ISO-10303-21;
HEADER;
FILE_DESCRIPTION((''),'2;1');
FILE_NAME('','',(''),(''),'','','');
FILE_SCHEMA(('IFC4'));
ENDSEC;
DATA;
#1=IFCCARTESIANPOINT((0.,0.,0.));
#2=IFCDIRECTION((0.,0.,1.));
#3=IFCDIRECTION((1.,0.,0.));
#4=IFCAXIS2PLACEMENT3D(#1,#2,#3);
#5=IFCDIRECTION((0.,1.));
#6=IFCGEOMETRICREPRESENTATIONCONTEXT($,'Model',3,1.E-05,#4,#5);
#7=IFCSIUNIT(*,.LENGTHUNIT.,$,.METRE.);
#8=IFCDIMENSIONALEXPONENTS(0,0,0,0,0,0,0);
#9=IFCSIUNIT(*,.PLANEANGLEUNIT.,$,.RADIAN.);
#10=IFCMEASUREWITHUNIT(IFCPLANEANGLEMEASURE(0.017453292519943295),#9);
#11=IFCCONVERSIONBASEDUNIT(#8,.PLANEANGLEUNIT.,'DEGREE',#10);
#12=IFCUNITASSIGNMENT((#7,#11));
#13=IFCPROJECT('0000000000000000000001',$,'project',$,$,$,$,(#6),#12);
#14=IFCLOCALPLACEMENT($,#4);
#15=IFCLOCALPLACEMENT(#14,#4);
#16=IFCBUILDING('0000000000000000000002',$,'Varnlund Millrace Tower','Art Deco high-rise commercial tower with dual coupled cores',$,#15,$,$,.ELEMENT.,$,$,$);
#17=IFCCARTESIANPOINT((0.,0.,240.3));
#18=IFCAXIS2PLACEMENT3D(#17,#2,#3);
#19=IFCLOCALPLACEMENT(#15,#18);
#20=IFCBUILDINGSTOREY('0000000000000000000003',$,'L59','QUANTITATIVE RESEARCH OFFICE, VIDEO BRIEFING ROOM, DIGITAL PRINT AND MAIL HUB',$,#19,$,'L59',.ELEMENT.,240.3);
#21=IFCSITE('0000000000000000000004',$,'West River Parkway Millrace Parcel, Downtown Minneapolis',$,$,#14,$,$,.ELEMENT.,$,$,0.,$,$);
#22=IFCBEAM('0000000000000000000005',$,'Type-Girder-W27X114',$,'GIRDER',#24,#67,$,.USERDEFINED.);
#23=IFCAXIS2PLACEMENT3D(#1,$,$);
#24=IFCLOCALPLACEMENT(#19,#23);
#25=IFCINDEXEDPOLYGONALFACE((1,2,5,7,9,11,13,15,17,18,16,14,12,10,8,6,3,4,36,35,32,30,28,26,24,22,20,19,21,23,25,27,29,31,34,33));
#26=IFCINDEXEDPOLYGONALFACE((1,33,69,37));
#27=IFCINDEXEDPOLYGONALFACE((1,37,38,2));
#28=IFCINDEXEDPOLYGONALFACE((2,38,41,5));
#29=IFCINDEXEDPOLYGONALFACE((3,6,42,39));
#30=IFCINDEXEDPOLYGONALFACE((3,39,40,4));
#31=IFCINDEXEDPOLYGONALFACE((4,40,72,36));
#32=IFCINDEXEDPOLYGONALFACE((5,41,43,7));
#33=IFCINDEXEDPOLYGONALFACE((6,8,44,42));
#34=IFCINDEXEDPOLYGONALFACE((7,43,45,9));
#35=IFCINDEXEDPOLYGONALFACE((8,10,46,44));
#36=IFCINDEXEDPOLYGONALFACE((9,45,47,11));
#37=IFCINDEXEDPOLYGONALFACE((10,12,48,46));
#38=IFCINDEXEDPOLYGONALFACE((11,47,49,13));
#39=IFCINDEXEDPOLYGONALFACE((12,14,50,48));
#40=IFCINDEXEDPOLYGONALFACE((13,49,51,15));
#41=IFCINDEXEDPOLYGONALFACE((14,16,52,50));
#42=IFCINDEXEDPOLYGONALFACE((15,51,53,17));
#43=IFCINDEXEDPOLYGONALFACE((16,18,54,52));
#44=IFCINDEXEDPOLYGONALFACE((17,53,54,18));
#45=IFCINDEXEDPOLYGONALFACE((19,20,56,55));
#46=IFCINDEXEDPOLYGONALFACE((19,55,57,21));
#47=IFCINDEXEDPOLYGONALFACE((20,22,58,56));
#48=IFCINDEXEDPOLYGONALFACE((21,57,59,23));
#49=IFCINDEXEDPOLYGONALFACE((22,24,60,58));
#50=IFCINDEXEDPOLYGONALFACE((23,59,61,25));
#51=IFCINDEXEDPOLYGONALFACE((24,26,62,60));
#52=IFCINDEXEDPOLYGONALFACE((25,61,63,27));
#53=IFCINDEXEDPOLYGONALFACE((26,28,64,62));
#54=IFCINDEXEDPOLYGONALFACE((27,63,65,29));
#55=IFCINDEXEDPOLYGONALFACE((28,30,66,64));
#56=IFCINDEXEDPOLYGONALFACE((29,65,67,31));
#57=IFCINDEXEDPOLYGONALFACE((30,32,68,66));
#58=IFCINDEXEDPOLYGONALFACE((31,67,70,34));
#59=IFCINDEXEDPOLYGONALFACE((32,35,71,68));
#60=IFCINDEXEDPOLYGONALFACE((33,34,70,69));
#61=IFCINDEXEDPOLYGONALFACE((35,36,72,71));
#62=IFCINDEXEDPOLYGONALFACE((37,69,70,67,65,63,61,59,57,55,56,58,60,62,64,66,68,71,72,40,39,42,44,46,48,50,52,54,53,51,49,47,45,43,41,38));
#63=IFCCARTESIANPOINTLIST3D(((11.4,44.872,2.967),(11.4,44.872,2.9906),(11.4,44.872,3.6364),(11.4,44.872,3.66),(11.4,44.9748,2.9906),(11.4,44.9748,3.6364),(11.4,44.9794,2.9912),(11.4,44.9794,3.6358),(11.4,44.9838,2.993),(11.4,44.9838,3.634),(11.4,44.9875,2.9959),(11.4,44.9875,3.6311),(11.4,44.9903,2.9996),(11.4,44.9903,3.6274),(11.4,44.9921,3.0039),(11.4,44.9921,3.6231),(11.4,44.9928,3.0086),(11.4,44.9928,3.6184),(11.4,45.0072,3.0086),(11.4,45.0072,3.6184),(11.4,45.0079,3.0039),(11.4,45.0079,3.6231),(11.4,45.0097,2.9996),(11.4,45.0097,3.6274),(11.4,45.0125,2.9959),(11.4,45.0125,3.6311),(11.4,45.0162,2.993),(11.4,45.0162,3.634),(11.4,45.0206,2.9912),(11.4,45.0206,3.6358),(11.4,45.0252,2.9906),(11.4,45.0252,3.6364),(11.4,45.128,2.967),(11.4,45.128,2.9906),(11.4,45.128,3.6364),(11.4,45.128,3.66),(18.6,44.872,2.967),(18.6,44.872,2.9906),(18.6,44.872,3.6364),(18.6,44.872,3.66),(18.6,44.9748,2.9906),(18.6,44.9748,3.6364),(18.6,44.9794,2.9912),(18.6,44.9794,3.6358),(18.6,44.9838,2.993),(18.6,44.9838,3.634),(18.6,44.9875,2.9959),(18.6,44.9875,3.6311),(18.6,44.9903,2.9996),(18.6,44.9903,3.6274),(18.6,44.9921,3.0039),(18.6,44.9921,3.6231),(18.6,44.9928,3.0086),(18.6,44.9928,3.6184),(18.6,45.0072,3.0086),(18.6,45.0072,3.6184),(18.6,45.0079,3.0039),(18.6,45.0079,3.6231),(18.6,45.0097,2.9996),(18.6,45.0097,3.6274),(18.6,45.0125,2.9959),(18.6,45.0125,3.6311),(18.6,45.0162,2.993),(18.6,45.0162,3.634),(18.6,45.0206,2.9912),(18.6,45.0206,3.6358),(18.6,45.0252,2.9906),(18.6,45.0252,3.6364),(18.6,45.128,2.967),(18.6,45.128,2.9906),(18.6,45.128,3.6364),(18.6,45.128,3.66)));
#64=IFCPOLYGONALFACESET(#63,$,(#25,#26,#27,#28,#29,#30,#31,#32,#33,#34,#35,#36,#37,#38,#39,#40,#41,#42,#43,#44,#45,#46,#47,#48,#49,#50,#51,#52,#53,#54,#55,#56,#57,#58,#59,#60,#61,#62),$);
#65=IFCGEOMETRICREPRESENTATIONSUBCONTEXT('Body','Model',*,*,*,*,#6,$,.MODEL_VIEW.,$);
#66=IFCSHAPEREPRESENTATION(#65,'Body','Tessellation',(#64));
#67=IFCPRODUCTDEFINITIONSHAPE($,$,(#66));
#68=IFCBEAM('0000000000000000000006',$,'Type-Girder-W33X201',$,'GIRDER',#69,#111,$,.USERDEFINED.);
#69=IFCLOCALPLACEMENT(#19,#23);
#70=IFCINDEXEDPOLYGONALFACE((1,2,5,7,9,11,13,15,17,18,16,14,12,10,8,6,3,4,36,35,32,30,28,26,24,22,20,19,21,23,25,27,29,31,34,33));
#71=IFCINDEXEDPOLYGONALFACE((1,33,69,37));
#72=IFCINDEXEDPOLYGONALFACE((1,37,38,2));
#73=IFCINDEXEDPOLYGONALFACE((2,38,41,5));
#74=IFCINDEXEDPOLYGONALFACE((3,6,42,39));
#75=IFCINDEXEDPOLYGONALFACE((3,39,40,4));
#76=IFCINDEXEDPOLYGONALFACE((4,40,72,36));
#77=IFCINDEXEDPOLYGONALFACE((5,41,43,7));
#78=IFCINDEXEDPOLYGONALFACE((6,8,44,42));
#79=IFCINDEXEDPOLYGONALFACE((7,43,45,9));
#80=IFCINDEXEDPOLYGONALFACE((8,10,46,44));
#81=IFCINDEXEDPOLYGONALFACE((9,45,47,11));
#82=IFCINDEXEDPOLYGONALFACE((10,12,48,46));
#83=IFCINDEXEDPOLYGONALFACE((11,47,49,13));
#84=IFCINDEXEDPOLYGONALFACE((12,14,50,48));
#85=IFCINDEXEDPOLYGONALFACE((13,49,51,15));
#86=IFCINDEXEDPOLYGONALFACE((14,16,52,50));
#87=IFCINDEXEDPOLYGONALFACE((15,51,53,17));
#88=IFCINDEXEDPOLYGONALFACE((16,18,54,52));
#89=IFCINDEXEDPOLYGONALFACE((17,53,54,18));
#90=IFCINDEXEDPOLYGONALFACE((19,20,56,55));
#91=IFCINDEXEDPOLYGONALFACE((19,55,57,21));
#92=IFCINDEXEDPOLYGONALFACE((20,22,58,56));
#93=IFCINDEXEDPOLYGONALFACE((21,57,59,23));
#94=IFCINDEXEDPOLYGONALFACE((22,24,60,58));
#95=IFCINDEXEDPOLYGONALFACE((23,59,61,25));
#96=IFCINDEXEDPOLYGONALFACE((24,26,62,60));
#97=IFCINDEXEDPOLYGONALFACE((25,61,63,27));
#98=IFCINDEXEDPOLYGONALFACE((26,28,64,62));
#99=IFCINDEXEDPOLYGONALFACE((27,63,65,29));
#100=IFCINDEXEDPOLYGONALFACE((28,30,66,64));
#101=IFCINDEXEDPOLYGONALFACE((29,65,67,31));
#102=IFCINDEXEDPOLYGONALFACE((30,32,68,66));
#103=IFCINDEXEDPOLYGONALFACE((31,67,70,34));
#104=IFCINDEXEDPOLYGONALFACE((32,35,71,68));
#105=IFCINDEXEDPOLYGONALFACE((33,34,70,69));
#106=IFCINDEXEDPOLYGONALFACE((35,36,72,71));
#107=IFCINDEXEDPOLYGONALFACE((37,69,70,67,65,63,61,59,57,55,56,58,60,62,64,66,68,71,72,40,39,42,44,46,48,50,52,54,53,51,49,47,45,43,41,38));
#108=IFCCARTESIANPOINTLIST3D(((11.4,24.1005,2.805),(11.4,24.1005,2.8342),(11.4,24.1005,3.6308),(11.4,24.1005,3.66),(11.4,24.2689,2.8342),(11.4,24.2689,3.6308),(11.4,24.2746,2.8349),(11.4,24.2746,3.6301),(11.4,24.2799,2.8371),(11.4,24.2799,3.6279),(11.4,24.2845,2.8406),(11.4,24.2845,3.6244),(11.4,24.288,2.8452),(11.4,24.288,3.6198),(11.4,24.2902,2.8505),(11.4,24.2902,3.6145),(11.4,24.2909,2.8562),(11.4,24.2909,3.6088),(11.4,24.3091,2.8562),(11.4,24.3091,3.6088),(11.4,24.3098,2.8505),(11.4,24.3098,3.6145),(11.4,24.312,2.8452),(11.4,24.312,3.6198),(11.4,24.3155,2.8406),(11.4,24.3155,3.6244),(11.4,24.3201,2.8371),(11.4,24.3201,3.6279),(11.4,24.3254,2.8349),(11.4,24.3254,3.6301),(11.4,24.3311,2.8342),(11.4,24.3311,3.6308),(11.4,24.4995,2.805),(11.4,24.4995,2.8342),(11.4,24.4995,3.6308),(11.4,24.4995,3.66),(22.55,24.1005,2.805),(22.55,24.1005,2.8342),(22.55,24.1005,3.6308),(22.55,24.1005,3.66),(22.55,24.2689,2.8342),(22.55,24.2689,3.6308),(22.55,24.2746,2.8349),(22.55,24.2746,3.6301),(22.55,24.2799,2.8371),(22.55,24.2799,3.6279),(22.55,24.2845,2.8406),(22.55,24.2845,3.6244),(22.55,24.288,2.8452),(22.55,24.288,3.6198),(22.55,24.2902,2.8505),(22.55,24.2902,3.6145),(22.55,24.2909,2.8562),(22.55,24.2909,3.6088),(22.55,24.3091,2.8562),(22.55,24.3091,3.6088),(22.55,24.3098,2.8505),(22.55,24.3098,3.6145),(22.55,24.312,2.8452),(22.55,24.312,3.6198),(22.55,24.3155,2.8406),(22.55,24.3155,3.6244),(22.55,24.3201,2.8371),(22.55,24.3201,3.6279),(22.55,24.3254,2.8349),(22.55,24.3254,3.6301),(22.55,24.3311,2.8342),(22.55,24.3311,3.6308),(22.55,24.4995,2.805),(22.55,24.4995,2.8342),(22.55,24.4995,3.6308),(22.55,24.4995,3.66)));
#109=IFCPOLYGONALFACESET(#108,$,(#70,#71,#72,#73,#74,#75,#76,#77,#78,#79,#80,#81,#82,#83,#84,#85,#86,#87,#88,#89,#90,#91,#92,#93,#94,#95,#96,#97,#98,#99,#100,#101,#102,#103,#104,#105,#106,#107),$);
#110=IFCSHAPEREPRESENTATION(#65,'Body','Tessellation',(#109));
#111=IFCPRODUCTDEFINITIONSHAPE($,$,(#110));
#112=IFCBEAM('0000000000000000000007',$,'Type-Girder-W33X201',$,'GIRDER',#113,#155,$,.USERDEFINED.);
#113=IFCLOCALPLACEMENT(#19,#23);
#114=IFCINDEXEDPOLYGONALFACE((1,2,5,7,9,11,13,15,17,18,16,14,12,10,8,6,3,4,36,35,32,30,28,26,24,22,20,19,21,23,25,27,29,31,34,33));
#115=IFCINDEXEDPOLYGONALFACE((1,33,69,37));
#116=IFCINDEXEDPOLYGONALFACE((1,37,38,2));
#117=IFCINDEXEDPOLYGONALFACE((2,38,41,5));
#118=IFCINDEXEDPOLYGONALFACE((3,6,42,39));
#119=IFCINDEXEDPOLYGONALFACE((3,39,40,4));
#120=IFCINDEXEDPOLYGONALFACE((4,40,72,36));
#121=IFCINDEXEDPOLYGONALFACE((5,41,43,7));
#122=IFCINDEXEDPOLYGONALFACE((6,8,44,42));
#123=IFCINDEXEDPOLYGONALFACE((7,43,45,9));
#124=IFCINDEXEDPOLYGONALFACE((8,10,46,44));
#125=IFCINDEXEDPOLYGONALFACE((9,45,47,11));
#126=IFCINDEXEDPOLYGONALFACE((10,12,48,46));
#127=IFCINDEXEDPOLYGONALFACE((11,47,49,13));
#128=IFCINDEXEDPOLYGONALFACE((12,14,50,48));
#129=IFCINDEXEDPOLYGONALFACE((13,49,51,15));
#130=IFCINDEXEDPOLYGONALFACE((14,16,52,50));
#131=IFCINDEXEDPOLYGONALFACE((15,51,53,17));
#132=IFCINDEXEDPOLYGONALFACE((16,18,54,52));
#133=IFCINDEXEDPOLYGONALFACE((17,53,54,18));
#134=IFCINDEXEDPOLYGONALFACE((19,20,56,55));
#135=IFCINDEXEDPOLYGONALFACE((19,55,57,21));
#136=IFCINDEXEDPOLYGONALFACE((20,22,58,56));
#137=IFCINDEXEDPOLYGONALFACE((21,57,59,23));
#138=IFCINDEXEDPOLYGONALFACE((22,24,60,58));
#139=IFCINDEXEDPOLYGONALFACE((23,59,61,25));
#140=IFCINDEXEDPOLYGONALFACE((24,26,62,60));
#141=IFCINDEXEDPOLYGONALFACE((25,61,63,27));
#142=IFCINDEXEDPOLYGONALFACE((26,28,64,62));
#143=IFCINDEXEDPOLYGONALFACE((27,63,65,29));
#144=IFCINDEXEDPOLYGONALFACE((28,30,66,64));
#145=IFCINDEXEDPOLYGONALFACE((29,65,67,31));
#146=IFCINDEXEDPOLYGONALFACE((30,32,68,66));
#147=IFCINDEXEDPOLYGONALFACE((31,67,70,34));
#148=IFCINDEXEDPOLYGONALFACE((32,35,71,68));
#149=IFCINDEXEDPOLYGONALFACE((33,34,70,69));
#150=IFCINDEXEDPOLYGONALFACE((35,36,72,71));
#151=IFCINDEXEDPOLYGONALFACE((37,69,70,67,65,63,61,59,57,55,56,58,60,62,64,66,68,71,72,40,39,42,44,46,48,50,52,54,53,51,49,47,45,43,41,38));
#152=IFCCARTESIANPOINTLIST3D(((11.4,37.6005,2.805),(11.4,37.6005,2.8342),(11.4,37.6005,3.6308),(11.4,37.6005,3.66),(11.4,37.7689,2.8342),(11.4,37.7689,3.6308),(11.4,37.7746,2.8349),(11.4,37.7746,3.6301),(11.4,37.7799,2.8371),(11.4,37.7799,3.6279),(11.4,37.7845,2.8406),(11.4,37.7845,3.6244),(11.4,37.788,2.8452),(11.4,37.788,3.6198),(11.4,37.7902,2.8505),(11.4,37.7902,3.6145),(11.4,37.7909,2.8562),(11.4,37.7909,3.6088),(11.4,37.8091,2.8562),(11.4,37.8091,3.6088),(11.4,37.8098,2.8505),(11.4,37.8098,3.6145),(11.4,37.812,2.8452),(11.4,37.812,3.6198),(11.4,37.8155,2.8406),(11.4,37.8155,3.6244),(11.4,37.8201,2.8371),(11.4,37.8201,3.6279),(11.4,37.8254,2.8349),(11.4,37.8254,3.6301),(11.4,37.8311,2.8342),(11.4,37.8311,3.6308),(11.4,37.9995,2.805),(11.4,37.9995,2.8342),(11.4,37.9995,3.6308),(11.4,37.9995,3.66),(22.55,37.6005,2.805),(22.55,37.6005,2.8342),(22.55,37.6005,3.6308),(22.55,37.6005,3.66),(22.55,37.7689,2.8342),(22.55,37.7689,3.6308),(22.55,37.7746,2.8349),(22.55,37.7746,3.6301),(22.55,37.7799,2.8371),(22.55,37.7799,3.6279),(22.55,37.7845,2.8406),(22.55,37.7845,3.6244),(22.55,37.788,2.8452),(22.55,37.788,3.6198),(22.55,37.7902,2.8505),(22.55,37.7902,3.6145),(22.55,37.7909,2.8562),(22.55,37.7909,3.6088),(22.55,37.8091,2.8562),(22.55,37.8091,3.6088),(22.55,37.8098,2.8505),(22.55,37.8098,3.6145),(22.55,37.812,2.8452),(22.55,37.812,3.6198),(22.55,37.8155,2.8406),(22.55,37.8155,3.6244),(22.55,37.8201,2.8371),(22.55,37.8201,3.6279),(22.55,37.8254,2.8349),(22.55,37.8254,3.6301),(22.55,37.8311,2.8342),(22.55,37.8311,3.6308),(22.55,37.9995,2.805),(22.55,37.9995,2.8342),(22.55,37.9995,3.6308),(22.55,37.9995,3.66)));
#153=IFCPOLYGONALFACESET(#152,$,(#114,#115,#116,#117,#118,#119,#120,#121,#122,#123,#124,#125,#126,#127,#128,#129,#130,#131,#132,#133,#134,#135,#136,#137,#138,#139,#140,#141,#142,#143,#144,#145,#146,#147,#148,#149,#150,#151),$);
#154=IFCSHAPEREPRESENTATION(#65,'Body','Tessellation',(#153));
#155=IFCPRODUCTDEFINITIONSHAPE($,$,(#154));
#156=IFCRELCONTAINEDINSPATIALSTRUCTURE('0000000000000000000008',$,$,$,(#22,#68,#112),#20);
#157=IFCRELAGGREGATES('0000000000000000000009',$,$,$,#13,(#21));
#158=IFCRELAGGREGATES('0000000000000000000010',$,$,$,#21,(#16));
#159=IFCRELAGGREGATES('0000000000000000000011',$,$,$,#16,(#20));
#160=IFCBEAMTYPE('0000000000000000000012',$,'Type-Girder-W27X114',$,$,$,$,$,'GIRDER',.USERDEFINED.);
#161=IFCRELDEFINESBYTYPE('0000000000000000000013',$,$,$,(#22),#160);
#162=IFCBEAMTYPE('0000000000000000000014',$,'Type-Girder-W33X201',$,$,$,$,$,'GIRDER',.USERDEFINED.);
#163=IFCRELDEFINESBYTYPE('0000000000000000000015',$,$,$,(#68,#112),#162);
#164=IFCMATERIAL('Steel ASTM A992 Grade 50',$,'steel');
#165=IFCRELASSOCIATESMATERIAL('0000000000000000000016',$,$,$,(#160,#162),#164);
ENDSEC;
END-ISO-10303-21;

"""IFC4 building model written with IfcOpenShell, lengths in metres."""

from ifc_helpers import new_model, entity, si_unit, converted_unit, direction, frame, origin_with_axes, origin_2d_with_axis, place, context, subcontext, project, spatial, i_section, extrude, material, material_profile, profile_set, type_object, element, save


model = new_model("IFC4")

# Units and contexts
model_context = context("Model", 3, precision=1e-05, world=origin_with_axes(), true_north=direction((0.0, 1.0)))
body_context = subcontext(model_context, "Body", "Model", "MODEL_VIEW")
ifc_project = project(units=[si_unit("LENGTHUNIT", "METRE"), converted_unit("PLANEANGLEUNIT", "DEGREE", entity("IfcPlaneAngleMeasure", 0.017453292519943295), si_unit("PLANEANGLEUNIT", "RADIAN"), dimensions=[0, 0, 0, 0, 0, 0, 0])], contexts=[model_context])

# Site, building, storey
site_placement = place(None, origin_with_axes())
site = spatial("IfcSite", under=ifc_project, at=site_placement, Name="West River Parkway Millrace Parcel, Downtown Minneapolis", CompositionType="ELEMENT", RefElevation=0.0)
building_placement = place(site_placement, origin_with_axes())
building = spatial("IfcBuilding", under=site, at=building_placement, Name="Varnlund Millrace Tower", Description="Art Deco high-rise commercial tower with dual coupled cores", CompositionType="ELEMENT")
storey_placement = place(building_placement, frame((0.0, 0.0, 240.3), z_axis=(0.0, 0.0, 1.0), x_axis=(1.0, 0.0, 0.0)))
storey = spatial("IfcBuildingStorey", under=building, at=storey_placement, Name="L59", Description="QUANTITATIVE RESEARCH OFFICE, VIDEO BRIEFING ROOM, DIGITAL PRINT AND MAIL HUB", LongName="L59", CompositionType="ELEMENT", Elevation=240.3)

# Beams
ifc_material_1 = material(Name="Steel ASTM A992 Grade 50", Category="steel")
ifc_material_profile_1 = material_profile(ifc_material_1, i_section(OverallWidth=0.256, OverallDepth=0.693, WebThickness=0.0145, FlangeThickness=0.0236, FilletRadius=0.018, at=origin_2d_with_axis()), Name="Steel ASTM A992 Grade 50")
ifc_profile_set_1 = profile_set([ifc_material_profile_1], Name="Steel ASTM A992 Grade 50")
beam_type_1 = type_object("IfcBeamType", Name="Type-Girder-W27X114", ElementType="GIRDER", PredefinedType="USERDEFINED", material=ifc_profile_set_1)
beam_1_placement = place(storey_placement, frame((11.4, 45.0, 3.3135), z_axis=(1.0, 0.0, 0.0), x_axis=(0.0, 1.0, 0.0)))
element("IfcBeam", 1, at=beam_1_placement, inside=storey, type_object=beam_type_1, Name="Type-Girder-W27X114", ObjectType="GIRDER", PredefinedType="USERDEFINED", context=body_context, shape_type="SweptSolid", body=[
    extrude(i_section(OverallWidth=0.256, OverallDepth=0.693, WebThickness=0.0145, FlangeThickness=0.0236, FilletRadius=0.018, at=origin_2d_with_axis()), origin_with_axes(), (0.0, 0.0, 1.0), 7.2),
])
ifc_material_profile_2 = material_profile(ifc_material_1, i_section(OverallWidth=0.399, OverallDepth=0.855, WebThickness=0.0182, FlangeThickness=0.0292, FilletRadius=0.022, at=origin_2d_with_axis()), Name="Steel ASTM A992 Grade 50")
ifc_profile_set_2 = profile_set([ifc_material_profile_2], Name="Steel ASTM A992 Grade 50")
beam_type_2 = type_object("IfcBeamType", Name="Type-Girder-W33X201", ElementType="GIRDER", PredefinedType="USERDEFINED", material=ifc_profile_set_2)
for number, where, z_axis, x_axis, name in (
    (2, (11.4, 24.3, 3.2325), (1.0, 0.0, 0.0), (0.0, 1.0, 0.0), "Type-Girder-W33X201"),
    (3, (11.4, 37.8, 3.2325), (1.0, 0.0, 0.0), (0.0, 1.0, 0.0), "Type-Girder-W33X201"),
):
    element("IfcBeam", number, at=place(storey_placement, frame(where, z_axis=z_axis, x_axis=x_axis)), inside=storey, type_object=beam_type_2, Name=name, ObjectType="GIRDER", PredefinedType="USERDEFINED", context=body_context, shape_type="SweptSolid", body=[
        extrude(i_section(OverallWidth=0.399, OverallDepth=0.855, WebThickness=0.0182, FlangeThickness=0.0292, FilletRadius=0.022, at=origin_2d_with_axis()), origin_with_axes(), (0.0, 0.0, 1.0), 11.15),
    ])

save(model, "model.ifc")
